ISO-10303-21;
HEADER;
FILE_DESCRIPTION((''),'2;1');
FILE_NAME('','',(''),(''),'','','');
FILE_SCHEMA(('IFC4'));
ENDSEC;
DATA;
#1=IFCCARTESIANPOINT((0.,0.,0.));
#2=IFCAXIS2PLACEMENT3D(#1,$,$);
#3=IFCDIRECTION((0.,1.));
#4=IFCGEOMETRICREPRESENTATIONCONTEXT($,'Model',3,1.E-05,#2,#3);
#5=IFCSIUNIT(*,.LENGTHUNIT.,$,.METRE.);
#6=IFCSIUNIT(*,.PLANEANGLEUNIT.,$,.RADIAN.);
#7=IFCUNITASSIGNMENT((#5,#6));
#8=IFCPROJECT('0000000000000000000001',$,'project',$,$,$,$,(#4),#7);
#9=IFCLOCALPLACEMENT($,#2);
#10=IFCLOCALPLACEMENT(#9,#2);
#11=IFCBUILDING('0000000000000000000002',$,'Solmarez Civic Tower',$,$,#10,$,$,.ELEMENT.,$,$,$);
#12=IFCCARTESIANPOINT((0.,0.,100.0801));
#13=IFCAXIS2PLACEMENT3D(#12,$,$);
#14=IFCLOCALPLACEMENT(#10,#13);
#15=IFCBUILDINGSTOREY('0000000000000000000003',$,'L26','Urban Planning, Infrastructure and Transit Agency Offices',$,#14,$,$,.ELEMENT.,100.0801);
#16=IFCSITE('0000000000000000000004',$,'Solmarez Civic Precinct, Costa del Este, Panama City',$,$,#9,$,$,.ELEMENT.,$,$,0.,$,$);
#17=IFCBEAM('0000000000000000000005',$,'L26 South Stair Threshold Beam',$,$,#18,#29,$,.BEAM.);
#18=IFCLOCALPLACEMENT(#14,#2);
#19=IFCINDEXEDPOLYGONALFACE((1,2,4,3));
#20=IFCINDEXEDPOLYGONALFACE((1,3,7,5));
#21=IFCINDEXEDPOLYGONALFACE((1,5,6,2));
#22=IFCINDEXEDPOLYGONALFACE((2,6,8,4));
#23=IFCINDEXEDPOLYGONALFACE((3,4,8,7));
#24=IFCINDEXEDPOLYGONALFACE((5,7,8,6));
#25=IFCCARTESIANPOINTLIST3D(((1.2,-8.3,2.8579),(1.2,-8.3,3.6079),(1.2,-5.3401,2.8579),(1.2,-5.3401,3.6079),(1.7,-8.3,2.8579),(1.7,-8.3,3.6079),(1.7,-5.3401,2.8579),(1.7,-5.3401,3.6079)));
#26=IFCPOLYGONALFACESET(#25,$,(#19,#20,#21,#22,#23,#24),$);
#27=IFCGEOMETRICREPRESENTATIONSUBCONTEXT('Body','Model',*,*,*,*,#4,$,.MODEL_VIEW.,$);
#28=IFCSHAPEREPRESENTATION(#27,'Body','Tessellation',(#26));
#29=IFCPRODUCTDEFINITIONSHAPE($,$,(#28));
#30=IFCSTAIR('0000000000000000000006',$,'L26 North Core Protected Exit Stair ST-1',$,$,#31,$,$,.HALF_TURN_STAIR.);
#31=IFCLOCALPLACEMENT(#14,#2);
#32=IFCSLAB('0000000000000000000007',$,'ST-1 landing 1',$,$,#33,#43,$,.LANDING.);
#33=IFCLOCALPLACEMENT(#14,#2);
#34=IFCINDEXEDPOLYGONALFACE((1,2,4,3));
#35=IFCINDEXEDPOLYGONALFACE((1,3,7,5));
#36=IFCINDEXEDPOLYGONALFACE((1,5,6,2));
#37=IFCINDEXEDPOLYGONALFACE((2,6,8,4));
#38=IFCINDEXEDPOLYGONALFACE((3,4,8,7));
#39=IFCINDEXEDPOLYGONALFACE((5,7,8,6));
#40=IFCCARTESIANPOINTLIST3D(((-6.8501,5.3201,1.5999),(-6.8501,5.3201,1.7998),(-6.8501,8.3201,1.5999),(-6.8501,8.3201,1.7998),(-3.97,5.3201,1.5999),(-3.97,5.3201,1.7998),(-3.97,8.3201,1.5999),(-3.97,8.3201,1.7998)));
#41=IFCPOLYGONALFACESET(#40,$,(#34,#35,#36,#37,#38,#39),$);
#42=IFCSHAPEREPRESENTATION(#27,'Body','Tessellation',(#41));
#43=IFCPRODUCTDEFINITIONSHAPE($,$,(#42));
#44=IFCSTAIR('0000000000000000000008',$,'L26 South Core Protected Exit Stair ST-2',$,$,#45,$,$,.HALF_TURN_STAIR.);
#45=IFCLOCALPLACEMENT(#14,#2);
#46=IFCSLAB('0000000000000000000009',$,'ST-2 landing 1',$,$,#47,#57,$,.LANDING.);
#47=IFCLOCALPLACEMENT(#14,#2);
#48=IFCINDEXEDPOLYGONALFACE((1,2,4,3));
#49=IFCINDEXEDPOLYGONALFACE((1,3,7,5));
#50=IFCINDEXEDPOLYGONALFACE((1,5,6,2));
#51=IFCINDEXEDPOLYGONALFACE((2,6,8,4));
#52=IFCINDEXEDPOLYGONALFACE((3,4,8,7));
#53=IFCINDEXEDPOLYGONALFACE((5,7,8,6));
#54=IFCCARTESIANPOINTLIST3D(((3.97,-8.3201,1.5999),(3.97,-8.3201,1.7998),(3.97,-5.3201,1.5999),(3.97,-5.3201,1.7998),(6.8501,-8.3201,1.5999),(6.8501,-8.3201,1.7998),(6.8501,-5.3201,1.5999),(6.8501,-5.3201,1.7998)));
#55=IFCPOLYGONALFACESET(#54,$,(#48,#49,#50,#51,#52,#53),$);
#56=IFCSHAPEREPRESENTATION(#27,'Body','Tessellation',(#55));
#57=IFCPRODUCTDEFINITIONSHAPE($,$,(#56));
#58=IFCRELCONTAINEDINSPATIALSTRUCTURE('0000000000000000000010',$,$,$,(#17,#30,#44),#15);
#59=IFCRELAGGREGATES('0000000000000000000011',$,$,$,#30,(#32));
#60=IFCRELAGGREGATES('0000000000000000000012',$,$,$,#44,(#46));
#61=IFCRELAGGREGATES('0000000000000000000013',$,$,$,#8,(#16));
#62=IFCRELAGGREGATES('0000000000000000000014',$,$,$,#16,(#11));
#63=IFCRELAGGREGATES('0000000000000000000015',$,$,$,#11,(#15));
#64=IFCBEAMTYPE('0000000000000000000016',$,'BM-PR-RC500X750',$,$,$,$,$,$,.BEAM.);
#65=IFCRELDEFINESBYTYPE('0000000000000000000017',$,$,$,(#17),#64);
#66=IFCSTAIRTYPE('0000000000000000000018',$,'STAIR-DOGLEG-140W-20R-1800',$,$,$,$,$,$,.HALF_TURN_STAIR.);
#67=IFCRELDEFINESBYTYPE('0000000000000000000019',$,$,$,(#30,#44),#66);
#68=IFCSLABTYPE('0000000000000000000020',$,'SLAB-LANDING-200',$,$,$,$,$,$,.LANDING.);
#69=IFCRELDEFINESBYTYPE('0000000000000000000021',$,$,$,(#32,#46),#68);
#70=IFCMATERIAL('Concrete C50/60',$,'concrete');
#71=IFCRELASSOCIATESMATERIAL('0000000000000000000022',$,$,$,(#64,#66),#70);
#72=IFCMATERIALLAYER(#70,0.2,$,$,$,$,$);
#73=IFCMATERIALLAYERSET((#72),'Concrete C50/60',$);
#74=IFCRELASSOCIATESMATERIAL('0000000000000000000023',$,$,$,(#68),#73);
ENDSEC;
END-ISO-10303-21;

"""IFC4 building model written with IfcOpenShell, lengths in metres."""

from ifc_helpers import new_model, si_unit, direction, frame, origin, origin_2d, place, context, subcontext, project, spatial, polyline, rectangle, outline, extrude, material, layer, layer_set, material_profile, profile_set, type_object, element, aggregate, save


model = new_model("IFC4")

# Units and contexts
model_context = context("Model", 3, precision=1e-05, world=origin(), true_north=direction((0.0, 1.0)))
body_context = subcontext(model_context, "Body", "Model", "MODEL_VIEW")
ifc_project = project(units=[si_unit("LENGTHUNIT", "METRE"), si_unit("PLANEANGLEUNIT", "RADIAN")], contexts=[model_context])

# Site, building, storey
site_placement = place(None, origin())
site = spatial("IfcSite", under=ifc_project, at=site_placement, Name="Solmarez Civic Precinct, Costa del Este, Panama City", CompositionType="ELEMENT", RefElevation=0.0)
building_placement = place(site_placement, origin())
building = spatial("IfcBuilding", under=site, at=building_placement, Name="Solmarez Civic Tower", CompositionType="ELEMENT")
storey_placement = place(building_placement, frame((0.0, 0.0, 100.0801)))
storey = spatial("IfcBuildingStorey", under=building, at=storey_placement, Name="L26", Description="Urban Planning, Infrastructure and Transit Agency Offices", CompositionType="ELEMENT", Elevation=100.0801)

# Beam
ifc_material_1 = material(Name="Concrete C50/60", Category="concrete")
ifc_material_profile = material_profile(ifc_material_1, rectangle(XDim=0.5, YDim=0.75, at=origin_2d()), Name="RC500X750")
ifc_profile_set = profile_set([ifc_material_profile], Name="Concrete C50/60")
beam_type = type_object("IfcBeamType", Name="BM-PR-RC500X750", PredefinedType="BEAM", material=ifc_profile_set)
beam_placement = place(storey_placement, frame((1.45, -8.3, 3.2329), z_axis=(0.0, 1.0, 0.0), x_axis=(-1.0, 0.0, 0.0)))
element("IfcBeam", 1, at=beam_placement, inside=storey, type_object=beam_type, Name="L26 South Stair Threshold Beam", PredefinedType="BEAM", context=body_context, shape_type="SweptSolid", body=[
    extrude(rectangle(XDim=0.5, YDim=0.75, at=origin_2d()), origin(), (0.0, 0.0, 1.0), 2.96),
])

# Stairs, slabs
stair_type = type_object("IfcStairType", Name="STAIR-DOGLEG-140W-20R-1800", PredefinedType="HALF_TURN_STAIR", material=ifc_material_1)
stair_1_placement = place(storey_placement, origin())
stair_1 = element("IfcStair", 2, at=stair_1_placement, inside=storey, type_object=stair_type, Name="L26 North Core Protected Exit Stair ST-1", PredefinedType="HALF_TURN_STAIR")
ifc_layer_1 = layer(ifc_material_1, 0.2)
ifc_layer_set_1 = layer_set([ifc_layer_1], Name="Concrete C50/60")
slab_type_1 = type_object("IfcSlabType", Name="SLAB-LANDING-200", PredefinedType="LANDING", material=ifc_layer_set_1)
slab_1_placement = place(storey_placement, frame((0.0, 0.0, 1.5999)))
slab_1 = element("IfcSlab", 3, at=slab_1_placement, type_object=slab_type_1, Name="ST-1 landing 1", PredefinedType="LANDING", context=body_context, shape_type="SweptSolid", body=[
    extrude(outline(polyline([(-3.97, 8.3201), (-6.8501, 8.3201), (-6.8501, 5.3201), (-3.97, 5.3201), (-3.97, 8.3201)])), origin(), (0.0, 0.0, 1.0), 0.2),
])
aggregate(stair_1, [slab_1])
stair_2_placement = place(storey_placement, origin())
stair_2 = element("IfcStair", 4, at=stair_2_placement, inside=storey, type_object=stair_type, Name="L26 South Core Protected Exit Stair ST-2", PredefinedType="HALF_TURN_STAIR")
slab_2_placement = place(storey_placement, frame((0.0, 0.0, 1.5999)))
slab_2 = element("IfcSlab", 5, at=slab_2_placement, type_object=slab_type_1, Name="ST-2 landing 1", PredefinedType="LANDING", context=body_context, shape_type="SweptSolid", body=[
    extrude(outline(polyline([(3.97, -8.3201), (6.8501, -8.3201), (6.8501, -5.3201), (3.97, -5.3201), (3.97, -8.3201)])), origin(), (0.0, 0.0, 1.0), 0.2),
])

aggregate(stair_2, [slab_2])

save(model, "model.ifc")
